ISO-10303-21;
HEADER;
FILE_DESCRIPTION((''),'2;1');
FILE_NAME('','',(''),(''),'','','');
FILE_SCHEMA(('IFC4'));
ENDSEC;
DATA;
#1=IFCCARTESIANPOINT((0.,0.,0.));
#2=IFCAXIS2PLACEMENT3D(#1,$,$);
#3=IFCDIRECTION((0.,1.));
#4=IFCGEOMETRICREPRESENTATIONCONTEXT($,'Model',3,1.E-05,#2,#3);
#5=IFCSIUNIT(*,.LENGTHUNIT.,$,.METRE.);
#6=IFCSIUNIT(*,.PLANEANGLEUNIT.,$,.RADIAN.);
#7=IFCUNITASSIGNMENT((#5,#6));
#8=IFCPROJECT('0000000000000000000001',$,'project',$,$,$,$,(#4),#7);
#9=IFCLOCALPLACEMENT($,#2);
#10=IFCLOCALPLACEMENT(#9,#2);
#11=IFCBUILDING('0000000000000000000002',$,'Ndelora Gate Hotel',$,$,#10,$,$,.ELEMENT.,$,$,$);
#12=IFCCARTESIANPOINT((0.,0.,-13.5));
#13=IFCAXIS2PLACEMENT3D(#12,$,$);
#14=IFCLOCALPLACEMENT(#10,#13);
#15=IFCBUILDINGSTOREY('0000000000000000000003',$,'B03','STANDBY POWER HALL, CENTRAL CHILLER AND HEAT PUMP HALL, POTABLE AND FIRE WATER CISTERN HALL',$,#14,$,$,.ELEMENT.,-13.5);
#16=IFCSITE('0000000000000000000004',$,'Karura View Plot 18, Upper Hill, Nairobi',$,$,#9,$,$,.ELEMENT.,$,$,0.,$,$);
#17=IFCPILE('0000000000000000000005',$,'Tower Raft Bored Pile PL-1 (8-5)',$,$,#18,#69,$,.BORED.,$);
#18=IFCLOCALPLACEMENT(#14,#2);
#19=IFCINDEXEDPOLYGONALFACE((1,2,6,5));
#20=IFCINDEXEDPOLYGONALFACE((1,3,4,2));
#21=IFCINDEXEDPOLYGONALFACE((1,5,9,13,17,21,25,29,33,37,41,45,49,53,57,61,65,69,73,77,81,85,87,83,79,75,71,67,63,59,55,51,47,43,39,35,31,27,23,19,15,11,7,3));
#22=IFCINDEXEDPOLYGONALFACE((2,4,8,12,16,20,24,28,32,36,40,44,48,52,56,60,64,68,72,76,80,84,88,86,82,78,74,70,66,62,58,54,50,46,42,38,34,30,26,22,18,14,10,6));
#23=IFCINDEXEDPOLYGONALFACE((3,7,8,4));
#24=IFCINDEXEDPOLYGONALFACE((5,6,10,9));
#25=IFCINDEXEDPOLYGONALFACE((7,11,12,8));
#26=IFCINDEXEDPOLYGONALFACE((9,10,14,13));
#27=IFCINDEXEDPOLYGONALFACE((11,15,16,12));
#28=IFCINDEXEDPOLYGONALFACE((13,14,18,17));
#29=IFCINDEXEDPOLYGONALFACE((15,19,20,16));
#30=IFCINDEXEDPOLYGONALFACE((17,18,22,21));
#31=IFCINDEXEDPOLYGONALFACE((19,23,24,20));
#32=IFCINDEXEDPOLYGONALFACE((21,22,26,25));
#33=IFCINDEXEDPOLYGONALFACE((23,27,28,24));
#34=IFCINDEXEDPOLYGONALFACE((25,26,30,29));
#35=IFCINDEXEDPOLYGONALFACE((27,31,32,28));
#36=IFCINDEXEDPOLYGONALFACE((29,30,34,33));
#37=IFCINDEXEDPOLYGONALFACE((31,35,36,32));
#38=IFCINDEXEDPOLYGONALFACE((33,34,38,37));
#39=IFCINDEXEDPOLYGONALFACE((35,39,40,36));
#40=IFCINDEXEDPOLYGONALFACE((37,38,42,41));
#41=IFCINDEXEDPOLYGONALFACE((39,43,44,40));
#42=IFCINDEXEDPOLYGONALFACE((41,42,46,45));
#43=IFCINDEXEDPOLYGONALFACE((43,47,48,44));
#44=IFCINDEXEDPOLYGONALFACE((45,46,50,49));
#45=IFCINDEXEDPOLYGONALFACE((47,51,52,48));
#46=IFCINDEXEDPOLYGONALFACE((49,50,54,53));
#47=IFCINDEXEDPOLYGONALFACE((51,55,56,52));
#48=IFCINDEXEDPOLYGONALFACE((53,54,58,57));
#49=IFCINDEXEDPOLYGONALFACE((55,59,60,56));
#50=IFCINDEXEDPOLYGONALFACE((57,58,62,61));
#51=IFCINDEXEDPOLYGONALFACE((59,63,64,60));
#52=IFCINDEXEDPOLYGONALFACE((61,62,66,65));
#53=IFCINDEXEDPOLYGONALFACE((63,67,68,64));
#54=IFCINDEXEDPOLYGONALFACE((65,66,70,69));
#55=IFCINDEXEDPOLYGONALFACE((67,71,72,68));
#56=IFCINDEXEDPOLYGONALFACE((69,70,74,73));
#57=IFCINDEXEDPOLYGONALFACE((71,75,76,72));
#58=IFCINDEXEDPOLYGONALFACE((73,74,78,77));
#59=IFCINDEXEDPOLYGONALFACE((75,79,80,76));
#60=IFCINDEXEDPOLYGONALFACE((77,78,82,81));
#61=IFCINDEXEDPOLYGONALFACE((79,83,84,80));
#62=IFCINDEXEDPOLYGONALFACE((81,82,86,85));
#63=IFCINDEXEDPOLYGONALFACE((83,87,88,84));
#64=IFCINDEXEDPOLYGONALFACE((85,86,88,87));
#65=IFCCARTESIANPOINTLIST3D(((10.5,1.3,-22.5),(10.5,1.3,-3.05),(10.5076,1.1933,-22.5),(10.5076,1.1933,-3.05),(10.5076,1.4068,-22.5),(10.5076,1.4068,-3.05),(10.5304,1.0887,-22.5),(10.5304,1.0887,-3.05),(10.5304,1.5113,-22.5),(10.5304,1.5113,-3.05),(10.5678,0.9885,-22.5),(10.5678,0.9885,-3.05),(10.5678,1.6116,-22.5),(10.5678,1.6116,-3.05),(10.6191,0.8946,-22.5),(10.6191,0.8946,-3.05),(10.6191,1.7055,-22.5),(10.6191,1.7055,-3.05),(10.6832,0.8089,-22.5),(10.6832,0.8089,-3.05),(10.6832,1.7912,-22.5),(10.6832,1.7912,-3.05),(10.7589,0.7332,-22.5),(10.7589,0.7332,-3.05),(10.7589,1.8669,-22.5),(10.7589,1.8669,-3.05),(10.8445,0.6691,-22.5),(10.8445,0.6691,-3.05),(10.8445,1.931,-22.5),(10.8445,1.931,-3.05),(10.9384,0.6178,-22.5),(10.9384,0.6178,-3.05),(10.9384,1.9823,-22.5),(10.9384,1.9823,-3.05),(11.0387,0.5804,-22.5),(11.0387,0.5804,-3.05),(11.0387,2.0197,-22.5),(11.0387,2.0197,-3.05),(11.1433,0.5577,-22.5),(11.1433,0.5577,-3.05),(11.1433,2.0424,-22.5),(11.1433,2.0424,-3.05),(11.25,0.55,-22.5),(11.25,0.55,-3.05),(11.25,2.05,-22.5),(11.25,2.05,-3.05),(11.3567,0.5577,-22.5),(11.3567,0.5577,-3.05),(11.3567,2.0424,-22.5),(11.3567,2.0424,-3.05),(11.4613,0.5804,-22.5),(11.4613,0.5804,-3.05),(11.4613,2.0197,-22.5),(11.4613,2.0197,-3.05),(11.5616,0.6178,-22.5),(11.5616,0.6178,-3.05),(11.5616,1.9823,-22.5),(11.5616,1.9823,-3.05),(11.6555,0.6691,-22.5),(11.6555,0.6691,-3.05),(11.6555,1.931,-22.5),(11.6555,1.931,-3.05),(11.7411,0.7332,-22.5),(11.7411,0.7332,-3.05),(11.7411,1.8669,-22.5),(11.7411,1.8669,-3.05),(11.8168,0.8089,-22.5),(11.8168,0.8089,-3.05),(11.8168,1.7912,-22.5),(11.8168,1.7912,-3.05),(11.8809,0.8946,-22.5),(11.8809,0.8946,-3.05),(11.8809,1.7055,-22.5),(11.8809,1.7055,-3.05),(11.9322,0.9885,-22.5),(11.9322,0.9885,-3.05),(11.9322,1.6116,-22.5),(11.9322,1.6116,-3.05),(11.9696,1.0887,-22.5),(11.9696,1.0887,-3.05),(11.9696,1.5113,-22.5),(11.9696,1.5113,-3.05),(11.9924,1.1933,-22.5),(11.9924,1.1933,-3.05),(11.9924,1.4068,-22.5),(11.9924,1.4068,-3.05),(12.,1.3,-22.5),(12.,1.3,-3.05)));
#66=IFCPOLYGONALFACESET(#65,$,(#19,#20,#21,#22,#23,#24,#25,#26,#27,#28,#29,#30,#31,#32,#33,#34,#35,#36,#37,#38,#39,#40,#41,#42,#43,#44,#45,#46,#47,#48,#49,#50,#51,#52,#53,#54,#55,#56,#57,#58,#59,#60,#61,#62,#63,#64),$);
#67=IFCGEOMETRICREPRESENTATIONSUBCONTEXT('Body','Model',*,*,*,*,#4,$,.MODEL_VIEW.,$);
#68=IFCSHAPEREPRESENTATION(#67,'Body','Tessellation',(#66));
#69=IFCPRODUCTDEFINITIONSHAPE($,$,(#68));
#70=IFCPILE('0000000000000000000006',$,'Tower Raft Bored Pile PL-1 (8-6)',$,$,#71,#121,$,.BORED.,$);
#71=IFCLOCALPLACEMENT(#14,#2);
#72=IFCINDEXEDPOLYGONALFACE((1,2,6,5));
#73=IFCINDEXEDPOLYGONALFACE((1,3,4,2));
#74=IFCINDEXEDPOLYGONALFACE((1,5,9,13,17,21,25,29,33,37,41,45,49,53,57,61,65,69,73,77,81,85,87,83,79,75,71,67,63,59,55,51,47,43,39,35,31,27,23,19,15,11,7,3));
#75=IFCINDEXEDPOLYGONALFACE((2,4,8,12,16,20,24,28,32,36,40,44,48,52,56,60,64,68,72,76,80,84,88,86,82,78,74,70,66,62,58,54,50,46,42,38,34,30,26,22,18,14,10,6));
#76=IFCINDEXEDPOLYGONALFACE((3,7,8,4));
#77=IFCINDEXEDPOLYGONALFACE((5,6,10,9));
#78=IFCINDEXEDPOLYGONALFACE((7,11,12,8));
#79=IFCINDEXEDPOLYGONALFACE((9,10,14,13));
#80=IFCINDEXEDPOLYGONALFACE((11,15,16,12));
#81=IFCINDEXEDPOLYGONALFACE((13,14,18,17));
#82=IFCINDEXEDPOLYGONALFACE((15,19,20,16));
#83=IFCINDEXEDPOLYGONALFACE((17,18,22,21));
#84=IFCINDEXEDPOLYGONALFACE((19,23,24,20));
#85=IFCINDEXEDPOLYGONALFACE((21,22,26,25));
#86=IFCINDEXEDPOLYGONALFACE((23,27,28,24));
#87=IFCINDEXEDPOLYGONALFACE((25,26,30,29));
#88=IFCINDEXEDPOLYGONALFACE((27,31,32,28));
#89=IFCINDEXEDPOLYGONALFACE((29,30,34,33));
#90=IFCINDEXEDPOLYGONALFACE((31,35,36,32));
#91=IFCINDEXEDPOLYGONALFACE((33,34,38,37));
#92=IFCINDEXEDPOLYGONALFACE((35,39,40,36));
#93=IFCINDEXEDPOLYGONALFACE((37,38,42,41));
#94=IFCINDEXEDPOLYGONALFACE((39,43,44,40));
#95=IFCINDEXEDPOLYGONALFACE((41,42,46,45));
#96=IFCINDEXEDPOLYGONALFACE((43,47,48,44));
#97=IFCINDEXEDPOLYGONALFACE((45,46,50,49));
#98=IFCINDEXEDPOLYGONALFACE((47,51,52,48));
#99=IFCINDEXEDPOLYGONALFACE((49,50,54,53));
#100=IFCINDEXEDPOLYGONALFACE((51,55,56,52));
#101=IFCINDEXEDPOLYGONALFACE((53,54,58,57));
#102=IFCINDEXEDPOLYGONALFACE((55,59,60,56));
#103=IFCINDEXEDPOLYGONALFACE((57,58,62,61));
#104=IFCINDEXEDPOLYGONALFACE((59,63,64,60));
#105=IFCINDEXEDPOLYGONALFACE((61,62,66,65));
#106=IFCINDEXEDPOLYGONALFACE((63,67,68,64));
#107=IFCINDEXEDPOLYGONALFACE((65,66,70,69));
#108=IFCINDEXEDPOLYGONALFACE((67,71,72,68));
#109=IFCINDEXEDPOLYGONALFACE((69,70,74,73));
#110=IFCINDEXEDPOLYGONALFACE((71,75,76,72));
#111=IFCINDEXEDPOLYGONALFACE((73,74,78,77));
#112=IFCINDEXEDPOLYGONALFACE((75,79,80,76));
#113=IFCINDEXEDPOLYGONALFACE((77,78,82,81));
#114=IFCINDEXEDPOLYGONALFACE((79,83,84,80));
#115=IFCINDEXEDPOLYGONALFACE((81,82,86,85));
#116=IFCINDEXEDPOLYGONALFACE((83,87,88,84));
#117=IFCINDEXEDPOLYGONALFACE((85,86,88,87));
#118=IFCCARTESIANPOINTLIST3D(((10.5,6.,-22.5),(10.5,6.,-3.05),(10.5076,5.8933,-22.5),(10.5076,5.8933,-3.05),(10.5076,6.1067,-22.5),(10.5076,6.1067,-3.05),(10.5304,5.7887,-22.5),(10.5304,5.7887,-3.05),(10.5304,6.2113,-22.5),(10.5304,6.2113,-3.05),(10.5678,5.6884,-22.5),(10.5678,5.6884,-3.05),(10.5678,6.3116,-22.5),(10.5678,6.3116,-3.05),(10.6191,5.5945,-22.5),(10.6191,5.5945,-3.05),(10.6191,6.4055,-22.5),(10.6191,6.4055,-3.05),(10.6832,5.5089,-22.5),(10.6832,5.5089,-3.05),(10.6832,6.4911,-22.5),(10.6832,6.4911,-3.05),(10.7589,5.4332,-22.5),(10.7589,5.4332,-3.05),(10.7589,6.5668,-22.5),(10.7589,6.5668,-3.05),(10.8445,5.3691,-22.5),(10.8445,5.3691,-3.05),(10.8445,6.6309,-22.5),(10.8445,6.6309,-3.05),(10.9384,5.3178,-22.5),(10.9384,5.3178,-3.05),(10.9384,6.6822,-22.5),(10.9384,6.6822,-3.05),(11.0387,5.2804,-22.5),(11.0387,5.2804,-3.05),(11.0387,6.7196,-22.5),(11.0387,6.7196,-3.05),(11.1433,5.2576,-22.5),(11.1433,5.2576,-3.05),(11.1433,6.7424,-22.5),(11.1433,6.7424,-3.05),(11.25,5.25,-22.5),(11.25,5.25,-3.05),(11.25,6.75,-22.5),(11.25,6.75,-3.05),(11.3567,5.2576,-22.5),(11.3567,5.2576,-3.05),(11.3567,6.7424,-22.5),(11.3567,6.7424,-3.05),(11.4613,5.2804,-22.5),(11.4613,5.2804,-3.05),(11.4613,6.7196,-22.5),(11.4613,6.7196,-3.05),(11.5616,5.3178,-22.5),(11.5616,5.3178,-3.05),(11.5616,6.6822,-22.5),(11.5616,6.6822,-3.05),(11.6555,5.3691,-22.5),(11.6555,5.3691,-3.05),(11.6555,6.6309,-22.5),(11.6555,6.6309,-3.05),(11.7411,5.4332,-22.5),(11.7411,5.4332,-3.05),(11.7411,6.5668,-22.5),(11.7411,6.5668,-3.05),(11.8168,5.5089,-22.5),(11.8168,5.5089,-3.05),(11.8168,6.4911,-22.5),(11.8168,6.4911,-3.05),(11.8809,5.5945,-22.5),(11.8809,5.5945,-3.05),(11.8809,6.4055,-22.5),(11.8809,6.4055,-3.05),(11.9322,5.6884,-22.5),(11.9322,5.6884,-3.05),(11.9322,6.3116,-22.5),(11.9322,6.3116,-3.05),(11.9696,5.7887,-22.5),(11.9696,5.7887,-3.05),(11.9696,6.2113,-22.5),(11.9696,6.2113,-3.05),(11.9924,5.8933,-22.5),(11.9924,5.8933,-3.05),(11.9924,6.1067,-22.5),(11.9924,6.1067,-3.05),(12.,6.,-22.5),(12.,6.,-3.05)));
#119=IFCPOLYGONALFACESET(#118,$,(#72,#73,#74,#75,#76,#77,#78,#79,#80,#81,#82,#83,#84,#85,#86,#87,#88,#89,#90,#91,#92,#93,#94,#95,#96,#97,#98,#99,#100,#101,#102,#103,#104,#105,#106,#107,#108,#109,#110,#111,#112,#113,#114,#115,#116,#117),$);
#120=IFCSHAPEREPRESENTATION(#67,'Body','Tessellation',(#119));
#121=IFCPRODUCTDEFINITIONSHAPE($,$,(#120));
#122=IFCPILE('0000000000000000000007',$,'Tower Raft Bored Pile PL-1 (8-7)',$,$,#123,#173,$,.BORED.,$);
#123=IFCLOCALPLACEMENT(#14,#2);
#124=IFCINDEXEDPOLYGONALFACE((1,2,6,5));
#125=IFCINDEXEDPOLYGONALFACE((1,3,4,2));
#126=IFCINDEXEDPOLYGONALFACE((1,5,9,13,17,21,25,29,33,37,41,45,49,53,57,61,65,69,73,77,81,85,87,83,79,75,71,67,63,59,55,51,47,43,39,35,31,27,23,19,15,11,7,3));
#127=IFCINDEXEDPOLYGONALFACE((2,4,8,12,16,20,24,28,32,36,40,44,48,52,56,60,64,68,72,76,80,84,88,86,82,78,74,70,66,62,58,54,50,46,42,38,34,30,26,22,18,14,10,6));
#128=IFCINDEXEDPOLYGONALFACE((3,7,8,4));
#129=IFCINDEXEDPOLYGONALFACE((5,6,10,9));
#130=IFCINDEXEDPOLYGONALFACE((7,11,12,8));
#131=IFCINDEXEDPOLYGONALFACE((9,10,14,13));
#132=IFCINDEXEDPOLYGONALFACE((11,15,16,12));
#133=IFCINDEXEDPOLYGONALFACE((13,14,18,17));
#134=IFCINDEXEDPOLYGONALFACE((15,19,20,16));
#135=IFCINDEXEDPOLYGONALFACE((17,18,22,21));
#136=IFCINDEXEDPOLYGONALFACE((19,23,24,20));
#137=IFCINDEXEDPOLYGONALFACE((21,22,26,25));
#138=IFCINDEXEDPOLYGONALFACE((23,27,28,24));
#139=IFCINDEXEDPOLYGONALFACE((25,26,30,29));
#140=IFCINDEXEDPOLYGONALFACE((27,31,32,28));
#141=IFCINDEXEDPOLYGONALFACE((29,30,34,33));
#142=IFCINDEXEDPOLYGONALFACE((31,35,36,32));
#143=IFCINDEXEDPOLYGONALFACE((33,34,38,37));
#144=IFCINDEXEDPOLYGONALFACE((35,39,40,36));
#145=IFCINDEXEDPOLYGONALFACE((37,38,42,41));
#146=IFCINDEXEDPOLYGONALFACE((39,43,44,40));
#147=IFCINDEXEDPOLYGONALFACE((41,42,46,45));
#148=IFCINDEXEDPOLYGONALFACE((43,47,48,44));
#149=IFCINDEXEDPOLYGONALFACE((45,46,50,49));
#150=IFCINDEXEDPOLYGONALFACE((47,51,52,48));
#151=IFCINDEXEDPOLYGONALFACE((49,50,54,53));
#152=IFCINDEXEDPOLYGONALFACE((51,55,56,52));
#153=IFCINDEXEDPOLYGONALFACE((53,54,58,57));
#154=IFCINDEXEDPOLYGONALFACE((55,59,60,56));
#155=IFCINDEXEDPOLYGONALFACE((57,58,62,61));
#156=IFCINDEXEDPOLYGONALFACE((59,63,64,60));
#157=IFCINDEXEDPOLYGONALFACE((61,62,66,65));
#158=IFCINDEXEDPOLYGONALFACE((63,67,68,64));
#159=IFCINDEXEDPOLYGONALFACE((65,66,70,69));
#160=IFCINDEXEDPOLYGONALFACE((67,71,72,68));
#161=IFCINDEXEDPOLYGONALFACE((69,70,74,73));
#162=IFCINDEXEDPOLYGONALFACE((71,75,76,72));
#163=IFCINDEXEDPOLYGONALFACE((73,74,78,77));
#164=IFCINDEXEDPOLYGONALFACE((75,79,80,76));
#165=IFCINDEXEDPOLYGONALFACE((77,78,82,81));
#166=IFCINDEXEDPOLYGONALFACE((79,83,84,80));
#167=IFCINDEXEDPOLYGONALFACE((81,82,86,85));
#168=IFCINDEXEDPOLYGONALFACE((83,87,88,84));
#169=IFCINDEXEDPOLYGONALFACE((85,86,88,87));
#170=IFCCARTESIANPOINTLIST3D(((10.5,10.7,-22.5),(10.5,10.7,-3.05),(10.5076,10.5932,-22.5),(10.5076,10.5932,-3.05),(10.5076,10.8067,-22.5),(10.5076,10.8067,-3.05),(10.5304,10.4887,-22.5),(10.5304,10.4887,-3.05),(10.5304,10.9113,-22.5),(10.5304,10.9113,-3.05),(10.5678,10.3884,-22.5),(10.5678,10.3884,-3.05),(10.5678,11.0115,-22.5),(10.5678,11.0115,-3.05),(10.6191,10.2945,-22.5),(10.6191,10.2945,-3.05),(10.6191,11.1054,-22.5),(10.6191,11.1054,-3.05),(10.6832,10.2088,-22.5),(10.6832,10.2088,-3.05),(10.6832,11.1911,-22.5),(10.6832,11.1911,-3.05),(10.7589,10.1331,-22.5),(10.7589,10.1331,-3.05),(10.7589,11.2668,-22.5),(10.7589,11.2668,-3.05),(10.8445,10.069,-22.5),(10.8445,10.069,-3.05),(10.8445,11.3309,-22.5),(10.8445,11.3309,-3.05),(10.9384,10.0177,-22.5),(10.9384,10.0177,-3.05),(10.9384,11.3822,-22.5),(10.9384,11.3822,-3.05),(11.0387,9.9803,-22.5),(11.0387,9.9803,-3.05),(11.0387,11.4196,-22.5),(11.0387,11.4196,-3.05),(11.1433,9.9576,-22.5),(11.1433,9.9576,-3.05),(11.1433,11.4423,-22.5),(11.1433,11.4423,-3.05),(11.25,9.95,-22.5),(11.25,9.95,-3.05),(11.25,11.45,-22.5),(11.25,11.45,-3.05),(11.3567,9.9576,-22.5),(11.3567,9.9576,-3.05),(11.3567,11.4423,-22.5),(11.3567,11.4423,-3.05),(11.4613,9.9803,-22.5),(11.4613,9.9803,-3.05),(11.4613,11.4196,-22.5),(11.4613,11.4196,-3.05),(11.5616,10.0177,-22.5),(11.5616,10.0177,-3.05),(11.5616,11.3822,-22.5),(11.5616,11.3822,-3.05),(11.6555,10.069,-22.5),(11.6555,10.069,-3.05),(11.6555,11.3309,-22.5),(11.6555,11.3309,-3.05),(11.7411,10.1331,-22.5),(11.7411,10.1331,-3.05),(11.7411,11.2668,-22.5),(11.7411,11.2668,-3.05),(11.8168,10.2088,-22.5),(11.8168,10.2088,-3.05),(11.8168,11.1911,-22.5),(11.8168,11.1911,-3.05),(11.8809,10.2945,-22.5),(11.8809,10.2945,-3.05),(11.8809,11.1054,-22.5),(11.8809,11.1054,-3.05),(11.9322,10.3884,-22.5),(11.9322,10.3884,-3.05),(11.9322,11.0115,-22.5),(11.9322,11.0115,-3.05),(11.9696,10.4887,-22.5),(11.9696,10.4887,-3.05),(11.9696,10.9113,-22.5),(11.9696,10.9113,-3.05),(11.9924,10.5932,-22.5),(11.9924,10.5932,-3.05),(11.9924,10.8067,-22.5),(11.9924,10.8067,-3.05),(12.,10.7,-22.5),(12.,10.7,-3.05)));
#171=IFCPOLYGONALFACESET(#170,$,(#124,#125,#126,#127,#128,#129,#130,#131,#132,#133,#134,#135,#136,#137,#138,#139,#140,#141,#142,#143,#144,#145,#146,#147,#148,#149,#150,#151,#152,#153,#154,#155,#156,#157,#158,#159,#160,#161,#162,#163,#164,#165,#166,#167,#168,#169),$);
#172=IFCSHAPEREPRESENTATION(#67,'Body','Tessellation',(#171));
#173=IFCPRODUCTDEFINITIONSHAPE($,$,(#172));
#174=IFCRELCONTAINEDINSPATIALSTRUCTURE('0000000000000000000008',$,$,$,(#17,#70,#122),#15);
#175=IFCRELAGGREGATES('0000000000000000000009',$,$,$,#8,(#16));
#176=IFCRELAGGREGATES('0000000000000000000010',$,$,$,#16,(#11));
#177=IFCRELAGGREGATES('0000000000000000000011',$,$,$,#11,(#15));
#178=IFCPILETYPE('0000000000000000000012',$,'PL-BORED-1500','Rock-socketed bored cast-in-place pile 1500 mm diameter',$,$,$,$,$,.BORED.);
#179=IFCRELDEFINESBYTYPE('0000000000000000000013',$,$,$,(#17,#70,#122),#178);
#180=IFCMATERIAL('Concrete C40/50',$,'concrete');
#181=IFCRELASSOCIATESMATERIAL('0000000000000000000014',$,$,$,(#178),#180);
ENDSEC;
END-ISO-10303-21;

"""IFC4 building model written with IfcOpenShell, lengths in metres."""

from ifc_helpers import new_model, si_unit, direction, frame, origin, origin_2d, place, context, subcontext, project, spatial, circle, extrude, material, material_profile, profile_set, type_object, element, save


model = new_model("IFC4")

# Units and contexts
model_context = context("Model", 3, precision=1e-05, world=origin(), true_north=direction((0.0, 1.0)))
body_context = subcontext(model_context, "Body", "Model", "MODEL_VIEW")
ifc_project = project(units=[si_unit("LENGTHUNIT", "METRE"), si_unit("PLANEANGLEUNIT", "RADIAN")], contexts=[model_context])

# Site, building, storey
site_placement = place(None, origin())
site = spatial("IfcSite", under=ifc_project, at=site_placement, Name="Karura View Plot 18, Upper Hill, Nairobi", CompositionType="ELEMENT", RefElevation=0.0)
building_placement = place(site_placement, origin())
building = spatial("IfcBuilding", under=site, at=building_placement, Name="Ndelora Gate Hotel", CompositionType="ELEMENT")
storey_placement = place(building_placement, frame((0.0, 0.0, -13.5)))
storey = spatial("IfcBuildingStorey", under=building, at=storey_placement, Name="B03", Description="STANDBY POWER HALL, CENTRAL CHILLER AND HEAT PUMP HALL, POTABLE AND FIRE WATER CISTERN HALL", CompositionType="ELEMENT", Elevation=-13.5)

# Piles
ifc_material_1 = material(Name="Concrete C40/50", Category="concrete")
ifc_material_profile_1 = material_profile(ifc_material_1, circle(Radius=0.75, at=origin_2d()), Name="PILE D1500")
ifc_profile_set_1 = profile_set([ifc_material_profile_1], Name="Concrete C40/50")
pile_type = type_object("IfcPileType", Name="PL-BORED-1500", Description="Rock-socketed bored cast-in-place pile 1500 mm diameter", PredefinedType="BORED", material=ifc_profile_set_1)
for number, where, z_axis, x_axis, name in (
    (1, (11.25, 1.3, -3.05), (0.0, 0.0, -1.0), (1.0, 0.0, 0.0), "Tower Raft Bored Pile PL-1 (8-5)"),
    (2, (11.25, 6.0, -3.05), (0.0, 0.0, -1.0), (1.0, 0.0, 0.0), "Tower Raft Bored Pile PL-1 (8-6)"),
    (3, (11.25, 10.7, -3.05), (0.0, 0.0, -1.0), (1.0, 0.0, 0.0), "Tower Raft Bored Pile PL-1 (8-7)"),
):
    element("IfcPile", number, at=place(storey_placement, frame(where, z_axis=z_axis, x_axis=x_axis)), inside=storey, type_object=pile_type, Name=name, PredefinedType="BORED", context=body_context, shape_type="SweptSolid", body=[
        extrude(circle(Radius=0.75, at=origin_2d()), origin(), (0.0, 0.0, 1.0), 19.45),
    ])

save(model, "model.ifc")
